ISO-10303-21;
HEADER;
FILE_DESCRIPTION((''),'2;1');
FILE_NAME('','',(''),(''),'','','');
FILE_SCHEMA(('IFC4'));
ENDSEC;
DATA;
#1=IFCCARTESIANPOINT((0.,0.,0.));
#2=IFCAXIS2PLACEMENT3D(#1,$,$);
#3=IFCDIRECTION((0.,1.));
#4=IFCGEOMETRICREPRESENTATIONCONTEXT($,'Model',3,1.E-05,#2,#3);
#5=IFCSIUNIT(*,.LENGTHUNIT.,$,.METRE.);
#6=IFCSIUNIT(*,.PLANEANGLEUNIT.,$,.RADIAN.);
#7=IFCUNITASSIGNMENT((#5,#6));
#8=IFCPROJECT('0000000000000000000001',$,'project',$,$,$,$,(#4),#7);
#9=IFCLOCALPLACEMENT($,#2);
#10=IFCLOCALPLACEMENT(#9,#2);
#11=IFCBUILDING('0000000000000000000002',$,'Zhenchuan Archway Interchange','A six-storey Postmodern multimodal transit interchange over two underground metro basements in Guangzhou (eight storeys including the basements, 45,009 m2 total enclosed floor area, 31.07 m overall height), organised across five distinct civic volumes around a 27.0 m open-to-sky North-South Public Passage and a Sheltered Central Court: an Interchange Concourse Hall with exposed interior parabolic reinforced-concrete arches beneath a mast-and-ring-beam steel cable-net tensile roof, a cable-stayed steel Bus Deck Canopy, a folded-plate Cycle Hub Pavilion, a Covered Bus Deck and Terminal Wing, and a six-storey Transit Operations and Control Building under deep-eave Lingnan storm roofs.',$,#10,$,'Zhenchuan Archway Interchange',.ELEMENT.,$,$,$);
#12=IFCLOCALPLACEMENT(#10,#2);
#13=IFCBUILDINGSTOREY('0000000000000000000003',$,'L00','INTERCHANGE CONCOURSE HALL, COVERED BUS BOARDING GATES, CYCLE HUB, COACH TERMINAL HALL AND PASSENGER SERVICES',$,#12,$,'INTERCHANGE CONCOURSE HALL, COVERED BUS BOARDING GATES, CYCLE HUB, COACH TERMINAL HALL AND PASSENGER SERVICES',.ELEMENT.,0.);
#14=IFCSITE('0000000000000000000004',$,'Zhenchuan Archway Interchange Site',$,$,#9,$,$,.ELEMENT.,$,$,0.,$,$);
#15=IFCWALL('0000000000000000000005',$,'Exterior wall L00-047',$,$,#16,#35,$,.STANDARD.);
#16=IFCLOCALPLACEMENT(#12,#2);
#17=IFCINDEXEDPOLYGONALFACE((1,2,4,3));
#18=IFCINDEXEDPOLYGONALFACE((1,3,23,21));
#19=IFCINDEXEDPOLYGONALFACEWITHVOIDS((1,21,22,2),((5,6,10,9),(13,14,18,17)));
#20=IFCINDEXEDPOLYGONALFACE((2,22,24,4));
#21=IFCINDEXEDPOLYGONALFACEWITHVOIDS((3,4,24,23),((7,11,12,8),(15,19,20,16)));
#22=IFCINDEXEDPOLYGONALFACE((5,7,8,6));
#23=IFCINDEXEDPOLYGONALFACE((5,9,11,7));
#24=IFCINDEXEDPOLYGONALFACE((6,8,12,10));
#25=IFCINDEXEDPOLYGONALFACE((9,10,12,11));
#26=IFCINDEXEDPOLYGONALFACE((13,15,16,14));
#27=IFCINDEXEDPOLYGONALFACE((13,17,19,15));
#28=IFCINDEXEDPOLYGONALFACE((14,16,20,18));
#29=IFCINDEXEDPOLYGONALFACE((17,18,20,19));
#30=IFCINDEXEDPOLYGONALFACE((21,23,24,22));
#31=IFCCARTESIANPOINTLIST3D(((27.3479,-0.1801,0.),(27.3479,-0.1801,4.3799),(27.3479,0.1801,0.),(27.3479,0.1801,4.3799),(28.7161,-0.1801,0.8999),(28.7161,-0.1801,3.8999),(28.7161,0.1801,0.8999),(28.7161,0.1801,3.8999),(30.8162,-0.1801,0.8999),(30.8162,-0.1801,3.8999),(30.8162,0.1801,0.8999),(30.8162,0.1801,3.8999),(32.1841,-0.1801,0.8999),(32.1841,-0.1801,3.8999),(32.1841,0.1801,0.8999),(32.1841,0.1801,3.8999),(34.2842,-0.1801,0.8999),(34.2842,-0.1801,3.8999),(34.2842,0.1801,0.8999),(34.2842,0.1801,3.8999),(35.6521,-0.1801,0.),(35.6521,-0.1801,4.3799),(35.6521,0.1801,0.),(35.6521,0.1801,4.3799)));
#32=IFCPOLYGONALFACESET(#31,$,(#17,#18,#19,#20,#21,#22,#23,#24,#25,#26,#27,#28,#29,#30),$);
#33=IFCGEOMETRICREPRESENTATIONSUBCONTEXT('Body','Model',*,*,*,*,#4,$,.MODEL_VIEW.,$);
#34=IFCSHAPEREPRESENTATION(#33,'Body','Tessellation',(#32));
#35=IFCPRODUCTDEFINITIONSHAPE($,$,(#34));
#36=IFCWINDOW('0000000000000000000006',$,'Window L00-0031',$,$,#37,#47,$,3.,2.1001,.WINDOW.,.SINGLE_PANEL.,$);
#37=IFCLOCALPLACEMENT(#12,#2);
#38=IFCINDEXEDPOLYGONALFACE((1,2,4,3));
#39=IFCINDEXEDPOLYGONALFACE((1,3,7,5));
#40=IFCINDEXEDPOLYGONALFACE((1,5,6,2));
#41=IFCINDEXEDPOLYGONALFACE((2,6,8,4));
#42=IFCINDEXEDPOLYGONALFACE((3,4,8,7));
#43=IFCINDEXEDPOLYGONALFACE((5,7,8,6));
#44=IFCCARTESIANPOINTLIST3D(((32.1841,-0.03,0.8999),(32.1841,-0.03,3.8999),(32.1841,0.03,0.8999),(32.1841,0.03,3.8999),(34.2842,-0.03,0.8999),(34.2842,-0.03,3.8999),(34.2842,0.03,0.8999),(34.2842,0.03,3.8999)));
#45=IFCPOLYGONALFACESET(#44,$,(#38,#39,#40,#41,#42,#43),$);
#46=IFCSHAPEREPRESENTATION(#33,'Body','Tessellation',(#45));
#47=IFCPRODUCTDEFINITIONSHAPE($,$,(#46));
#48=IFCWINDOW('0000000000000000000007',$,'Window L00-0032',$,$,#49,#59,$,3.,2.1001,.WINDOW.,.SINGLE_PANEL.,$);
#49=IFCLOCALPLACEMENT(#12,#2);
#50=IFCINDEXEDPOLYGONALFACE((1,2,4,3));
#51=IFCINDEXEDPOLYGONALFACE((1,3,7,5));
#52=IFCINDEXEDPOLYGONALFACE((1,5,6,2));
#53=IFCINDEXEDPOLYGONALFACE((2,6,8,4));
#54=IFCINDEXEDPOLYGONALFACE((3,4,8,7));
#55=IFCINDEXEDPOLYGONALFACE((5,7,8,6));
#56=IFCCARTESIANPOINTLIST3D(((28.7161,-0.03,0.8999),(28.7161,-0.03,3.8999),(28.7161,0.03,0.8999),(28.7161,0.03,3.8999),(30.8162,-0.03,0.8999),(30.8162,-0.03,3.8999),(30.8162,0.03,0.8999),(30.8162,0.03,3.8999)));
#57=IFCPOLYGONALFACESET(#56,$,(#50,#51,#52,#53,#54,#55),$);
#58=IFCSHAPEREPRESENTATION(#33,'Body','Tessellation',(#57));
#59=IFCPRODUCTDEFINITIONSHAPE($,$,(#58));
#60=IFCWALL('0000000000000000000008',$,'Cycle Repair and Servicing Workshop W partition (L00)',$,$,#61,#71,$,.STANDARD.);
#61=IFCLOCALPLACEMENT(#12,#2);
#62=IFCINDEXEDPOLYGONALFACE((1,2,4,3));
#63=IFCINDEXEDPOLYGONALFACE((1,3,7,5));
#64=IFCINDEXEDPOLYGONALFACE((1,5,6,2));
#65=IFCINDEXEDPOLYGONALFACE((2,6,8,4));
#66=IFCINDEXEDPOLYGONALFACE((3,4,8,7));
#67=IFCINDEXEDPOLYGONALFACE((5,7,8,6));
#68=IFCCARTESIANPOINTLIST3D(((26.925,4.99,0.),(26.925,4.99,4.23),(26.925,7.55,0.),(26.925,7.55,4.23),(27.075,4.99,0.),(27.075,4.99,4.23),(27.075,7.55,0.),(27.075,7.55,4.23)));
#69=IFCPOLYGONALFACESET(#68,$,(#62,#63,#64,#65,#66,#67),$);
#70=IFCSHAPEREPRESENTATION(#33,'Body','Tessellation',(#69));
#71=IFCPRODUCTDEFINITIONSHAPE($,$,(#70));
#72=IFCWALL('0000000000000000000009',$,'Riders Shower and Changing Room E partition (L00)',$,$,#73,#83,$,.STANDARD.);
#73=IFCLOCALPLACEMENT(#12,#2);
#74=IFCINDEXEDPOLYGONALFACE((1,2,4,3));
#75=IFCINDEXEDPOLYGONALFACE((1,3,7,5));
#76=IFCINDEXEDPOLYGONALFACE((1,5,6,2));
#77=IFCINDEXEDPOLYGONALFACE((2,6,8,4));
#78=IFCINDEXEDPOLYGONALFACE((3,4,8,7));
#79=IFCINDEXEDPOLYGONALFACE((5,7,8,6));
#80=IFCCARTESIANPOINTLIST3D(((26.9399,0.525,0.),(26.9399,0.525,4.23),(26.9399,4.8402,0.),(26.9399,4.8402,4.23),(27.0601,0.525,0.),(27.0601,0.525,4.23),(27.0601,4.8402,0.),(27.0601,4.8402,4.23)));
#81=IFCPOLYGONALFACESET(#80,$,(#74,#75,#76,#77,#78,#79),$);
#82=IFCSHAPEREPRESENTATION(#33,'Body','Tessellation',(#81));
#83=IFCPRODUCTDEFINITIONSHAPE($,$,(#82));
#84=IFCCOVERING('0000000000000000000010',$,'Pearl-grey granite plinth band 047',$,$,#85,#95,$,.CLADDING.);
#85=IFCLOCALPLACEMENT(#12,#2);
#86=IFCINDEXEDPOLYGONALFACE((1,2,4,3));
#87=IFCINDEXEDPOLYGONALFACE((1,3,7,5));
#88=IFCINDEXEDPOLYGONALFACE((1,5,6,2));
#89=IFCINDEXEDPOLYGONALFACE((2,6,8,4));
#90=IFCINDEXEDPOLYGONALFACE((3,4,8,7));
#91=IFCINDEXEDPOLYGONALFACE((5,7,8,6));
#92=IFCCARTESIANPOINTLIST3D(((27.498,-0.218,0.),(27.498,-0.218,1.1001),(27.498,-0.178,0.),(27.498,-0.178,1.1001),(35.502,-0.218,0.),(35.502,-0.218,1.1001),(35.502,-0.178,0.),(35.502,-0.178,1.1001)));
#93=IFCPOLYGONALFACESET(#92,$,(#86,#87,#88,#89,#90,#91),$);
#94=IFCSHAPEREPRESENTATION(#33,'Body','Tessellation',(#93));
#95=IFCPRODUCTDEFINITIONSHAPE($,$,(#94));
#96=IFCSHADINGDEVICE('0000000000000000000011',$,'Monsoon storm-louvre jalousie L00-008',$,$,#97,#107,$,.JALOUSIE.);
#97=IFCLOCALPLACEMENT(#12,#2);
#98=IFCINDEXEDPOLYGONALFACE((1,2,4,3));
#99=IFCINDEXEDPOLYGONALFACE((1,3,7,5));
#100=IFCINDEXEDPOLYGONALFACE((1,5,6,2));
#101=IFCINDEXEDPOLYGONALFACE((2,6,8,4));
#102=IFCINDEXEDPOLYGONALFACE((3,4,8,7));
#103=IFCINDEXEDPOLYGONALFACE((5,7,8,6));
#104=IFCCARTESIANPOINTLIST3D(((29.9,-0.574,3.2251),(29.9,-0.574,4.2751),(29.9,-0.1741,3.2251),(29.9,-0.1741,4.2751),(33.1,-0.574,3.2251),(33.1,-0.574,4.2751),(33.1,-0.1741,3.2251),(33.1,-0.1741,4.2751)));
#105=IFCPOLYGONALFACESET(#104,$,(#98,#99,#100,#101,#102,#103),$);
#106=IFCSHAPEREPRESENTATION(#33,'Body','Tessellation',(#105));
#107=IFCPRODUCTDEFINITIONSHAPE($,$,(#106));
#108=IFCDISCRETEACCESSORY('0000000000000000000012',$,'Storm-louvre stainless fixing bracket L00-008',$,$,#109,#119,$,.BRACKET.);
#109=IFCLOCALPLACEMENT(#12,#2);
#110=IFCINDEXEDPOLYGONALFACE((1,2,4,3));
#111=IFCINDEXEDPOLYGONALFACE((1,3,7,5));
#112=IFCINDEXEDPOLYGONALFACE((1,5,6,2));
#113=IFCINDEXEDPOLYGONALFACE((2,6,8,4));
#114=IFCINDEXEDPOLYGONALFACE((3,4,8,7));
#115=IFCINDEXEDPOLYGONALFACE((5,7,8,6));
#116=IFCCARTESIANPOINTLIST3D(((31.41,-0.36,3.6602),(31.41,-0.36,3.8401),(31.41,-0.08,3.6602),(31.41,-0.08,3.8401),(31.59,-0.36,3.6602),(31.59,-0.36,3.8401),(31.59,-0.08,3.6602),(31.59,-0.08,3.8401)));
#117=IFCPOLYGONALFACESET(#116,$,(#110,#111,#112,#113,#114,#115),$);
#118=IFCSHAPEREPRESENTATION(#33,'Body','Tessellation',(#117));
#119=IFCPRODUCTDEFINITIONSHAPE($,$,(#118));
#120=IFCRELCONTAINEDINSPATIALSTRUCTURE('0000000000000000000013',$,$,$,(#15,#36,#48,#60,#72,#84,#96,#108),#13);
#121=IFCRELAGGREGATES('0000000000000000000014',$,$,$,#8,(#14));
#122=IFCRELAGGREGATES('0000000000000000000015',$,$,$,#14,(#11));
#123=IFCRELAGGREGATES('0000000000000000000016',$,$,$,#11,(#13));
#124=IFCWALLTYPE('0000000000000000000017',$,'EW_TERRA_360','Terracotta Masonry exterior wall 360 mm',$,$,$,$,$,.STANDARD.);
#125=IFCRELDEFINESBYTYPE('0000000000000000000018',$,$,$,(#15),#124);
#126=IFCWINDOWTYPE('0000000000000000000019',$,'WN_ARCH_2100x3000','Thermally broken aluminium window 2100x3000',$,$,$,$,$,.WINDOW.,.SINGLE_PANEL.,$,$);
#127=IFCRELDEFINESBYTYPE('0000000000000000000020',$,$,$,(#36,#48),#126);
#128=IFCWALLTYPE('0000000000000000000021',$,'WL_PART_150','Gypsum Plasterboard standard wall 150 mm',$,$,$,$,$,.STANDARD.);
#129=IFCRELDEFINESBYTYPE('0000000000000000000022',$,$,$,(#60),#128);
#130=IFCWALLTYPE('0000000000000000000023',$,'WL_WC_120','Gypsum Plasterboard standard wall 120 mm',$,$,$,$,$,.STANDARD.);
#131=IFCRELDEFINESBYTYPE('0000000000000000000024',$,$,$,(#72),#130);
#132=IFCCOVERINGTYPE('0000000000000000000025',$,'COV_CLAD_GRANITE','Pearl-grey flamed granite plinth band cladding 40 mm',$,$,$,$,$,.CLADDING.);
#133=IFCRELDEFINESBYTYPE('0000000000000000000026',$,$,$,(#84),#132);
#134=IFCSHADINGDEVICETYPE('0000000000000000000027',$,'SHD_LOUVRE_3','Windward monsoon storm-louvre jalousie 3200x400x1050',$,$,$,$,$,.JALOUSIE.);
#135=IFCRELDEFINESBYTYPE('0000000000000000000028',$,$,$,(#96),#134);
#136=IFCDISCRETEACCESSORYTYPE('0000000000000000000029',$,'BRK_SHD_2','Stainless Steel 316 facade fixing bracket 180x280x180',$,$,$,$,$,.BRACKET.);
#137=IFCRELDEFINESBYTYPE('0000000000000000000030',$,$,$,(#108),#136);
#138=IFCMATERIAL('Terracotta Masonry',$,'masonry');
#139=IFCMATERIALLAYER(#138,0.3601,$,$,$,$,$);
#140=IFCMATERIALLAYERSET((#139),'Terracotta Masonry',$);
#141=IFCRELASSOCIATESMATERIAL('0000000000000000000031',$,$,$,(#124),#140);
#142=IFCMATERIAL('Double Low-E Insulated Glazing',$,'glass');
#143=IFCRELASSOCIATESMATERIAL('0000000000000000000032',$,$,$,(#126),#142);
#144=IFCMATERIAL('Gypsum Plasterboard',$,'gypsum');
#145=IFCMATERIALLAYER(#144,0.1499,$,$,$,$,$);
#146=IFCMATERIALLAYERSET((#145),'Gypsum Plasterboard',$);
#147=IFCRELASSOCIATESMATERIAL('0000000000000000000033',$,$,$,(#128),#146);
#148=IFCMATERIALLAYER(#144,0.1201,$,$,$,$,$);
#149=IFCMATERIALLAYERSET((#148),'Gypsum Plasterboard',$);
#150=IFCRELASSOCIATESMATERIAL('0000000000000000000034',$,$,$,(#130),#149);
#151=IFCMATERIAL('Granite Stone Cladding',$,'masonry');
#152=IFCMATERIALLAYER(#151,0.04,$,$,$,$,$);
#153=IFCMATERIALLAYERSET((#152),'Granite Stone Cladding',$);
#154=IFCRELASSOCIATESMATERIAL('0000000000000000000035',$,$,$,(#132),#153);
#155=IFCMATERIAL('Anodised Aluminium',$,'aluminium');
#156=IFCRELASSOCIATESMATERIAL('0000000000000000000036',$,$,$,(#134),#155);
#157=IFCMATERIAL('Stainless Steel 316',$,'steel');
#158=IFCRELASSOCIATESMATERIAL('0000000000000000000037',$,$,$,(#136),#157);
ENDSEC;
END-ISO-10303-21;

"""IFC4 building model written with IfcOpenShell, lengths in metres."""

from ifc_helpers import new_model, si_unit, direction, frame, frame_2d, origin, origin_2d, place, context, subcontext, project, spatial, rectangle, extrude, material, layer, layer_set, type_object, element, fill, save


model = new_model("IFC4")

# Units and contexts
model_context = context("Model", 3, precision=1e-05, world=origin(), true_north=direction((0.0, 1.0)))
body_context = subcontext(model_context, "Body", "Model", "MODEL_VIEW")
ifc_project = project(units=[si_unit("LENGTHUNIT", "METRE"), si_unit("PLANEANGLEUNIT", "RADIAN")], contexts=[model_context])

# Site, building, storey
site_placement = place(None, origin())
site = spatial("IfcSite", under=ifc_project, at=site_placement, Name="Zhenchuan Archway Interchange Site", CompositionType="ELEMENT", RefElevation=0.0)
building_placement = place(site_placement, origin())
building = spatial("IfcBuilding", under=site, at=building_placement, Name="Zhenchuan Archway Interchange", Description="A six-storey Postmodern multimodal transit interchange over two underground metro basements in Guangzhou (eight storeys including the basements, 45,009 m2 total enclosed floor area, 31.07 m overall height), organised across five distinct civic volumes around a 27.0 m open-to-sky North-South Public Passage and a Sheltered Central Court: an Interchange Concourse Hall with exposed interior parabolic reinforced-concrete arches beneath a mast-and-ring-beam steel cable-net tensile roof, a cable-stayed steel Bus Deck Canopy, a folded-plate Cycle Hub Pavilion, a Covered Bus Deck and Terminal Wing, and a six-storey Transit Operations and Control Building under deep-eave Lingnan storm roofs.", LongName="Zhenchuan Archway Interchange", CompositionType="ELEMENT")
storey_placement = place(building_placement, origin())
storey = spatial("IfcBuildingStorey", under=building, at=storey_placement, Name="L00", Description="INTERCHANGE CONCOURSE HALL, COVERED BUS BOARDING GATES, CYCLE HUB, COACH TERMINAL HALL AND PASSENGER SERVICES", LongName="INTERCHANGE CONCOURSE HALL, COVERED BUS BOARDING GATES, CYCLE HUB, COACH TERMINAL HALL AND PASSENGER SERVICES", CompositionType="ELEMENT", Elevation=0.0)

# Shared definitions
ifc_material_1 = material(Name="Anodised Aluminium", Category="aluminium")

# Wall, openings, windows
ifc_material_2 = material(Name="Terracotta Masonry", Category="masonry")
ifc_layer_1 = layer(ifc_material_2, 0.3601)
ifc_layer_set_1 = layer_set([ifc_layer_1], Name="Terracotta Masonry")
wall_type_1 = type_object("IfcWallType", Name="EW_TERRA_360", Description="Terracotta Masonry exterior wall 360 mm", PredefinedType="STANDARD", material=ifc_layer_set_1)
wall_1_placement = place(storey_placement, frame((35.6521, 0.0, 0.0), z_axis=(0.0, 0.0, 1.0), x_axis=(-1.0, 0.0, 0.0)))
wall_1 = element("IfcWall", 1, at=wall_1_placement, inside=storey, type_object=wall_type_1, Name="Exterior wall L00-047", PredefinedType="STANDARD", context=body_context, shape_type="SweptSolid", body=[
    extrude(rectangle(XDim=8.3042, YDim=0.3601, at=frame_2d((4.1521, 0.0))), origin(), (0.0, 0.0, 1.0), 4.3799),
])
opening_1_placement = place(wall_1_placement, frame((1.3679, 0.0, 0.8999)))
opening_1 = element("IfcOpeningElement", 2, at=opening_1_placement, cuts=wall_1, PredefinedType="OPENING", context=body_context, shape_type="SweptSolid", body=[
    extrude(rectangle(XDim=2.1001, YDim=3.0, at=frame_2d((1.05, 1.5))), frame((0.0, 0.1919, 0.0), z_axis=(0.0, -1.0, 0.0), x_axis=(1.0, 0.0, 0.0)), (0.0, 0.0, 1.0), 0.384),
])
opening_2_placement = place(wall_1_placement, frame((4.8359, 0.0, 0.8999)))
opening_2 = element("IfcOpeningElement", 3, at=opening_2_placement, cuts=wall_1, PredefinedType="OPENING", context=body_context, shape_type="SweptSolid", body=[
    extrude(rectangle(XDim=2.1001, YDim=3.0, at=frame_2d((1.05, 1.5))), frame((0.0, 0.1919, 0.0), z_axis=(0.0, -1.0, 0.0), x_axis=(1.0, 0.0, 0.0)), (0.0, 0.0, 1.0), 0.384),
])
ifc_material_3 = material(Name="Double Low-E Insulated Glazing", Category="glass")
window_type = type_object("IfcWindowType", Name="WN_ARCH_2100x3000", Description="Thermally broken aluminium window 2100x3000", PartitioningType="SINGLE_PANEL", PredefinedType="WINDOW", material=ifc_material_3)
window_1_placement = place(opening_1_placement, origin())
window_1 = element("IfcWindow", 4, at=window_1_placement, inside=storey, type_object=window_type, Name="Window L00-0031", OverallHeight=3.0, OverallWidth=2.1001, PartitioningType="SINGLE_PANEL", PredefinedType="WINDOW", context=body_context, shape_type="SweptSolid", body=[
    extrude(rectangle(XDim=2.1001, YDim=3.0, at=frame_2d((1.05, 1.5))), frame((0.0, 0.03, 0.0), z_axis=(0.0, -1.0, 0.0), x_axis=(1.0, 0.0, 0.0)), (0.0, 0.0, 1.0), 0.0601),
])
fill(opening_1, window_1)
window_2_placement = place(opening_2_placement, origin())
window_2 = element("IfcWindow", 5, at=window_2_placement, inside=storey, type_object=window_type, Name="Window L00-0032", OverallHeight=3.0, OverallWidth=2.1001, PartitioningType="SINGLE_PANEL", PredefinedType="WINDOW", context=body_context, shape_type="SweptSolid", body=[
    extrude(rectangle(XDim=2.1001, YDim=3.0, at=frame_2d((1.05, 1.5))), frame((0.0, 0.03, 0.0), z_axis=(0.0, -1.0, 0.0), x_axis=(1.0, 0.0, 0.0)), (0.0, 0.0, 1.0), 0.0601),
])
fill(opening_2, window_2)

# Walls
ifc_material_4 = material(Name="Gypsum Plasterboard", Category="gypsum")
ifc_layer_2 = layer(ifc_material_4, 0.1499)
ifc_layer_set_2 = layer_set([ifc_layer_2], Name="Gypsum Plasterboard")
wall_type_2 = type_object("IfcWallType", Name="WL_PART_150", Description="Gypsum Plasterboard standard wall 150 mm", PredefinedType="STANDARD", material=ifc_layer_set_2)
wall_2_placement = place(storey_placement, frame((27.0, 4.99, 0.0), z_axis=(0.0, 0.0, 1.0), x_axis=(0.0, 1.0, 0.0)))
element("IfcWall", 6, at=wall_2_placement, inside=storey, type_object=wall_type_2, Name="Cycle Repair and Servicing Workshop W partition (L00)", PredefinedType="STANDARD", context=body_context, shape_type="SweptSolid", body=[
    extrude(rectangle(XDim=2.5601, YDim=0.1499, at=frame_2d((1.28, 0.0))), origin(), (0.0, 0.0, 1.0), 4.23),
])
ifc_layer_3 = layer(ifc_material_4, 0.1201)
ifc_layer_set_3 = layer_set([ifc_layer_3], Name="Gypsum Plasterboard")
wall_type_3 = type_object("IfcWallType", Name="WL_WC_120", Description="Gypsum Plasterboard standard wall 120 mm", PredefinedType="STANDARD", material=ifc_layer_set_3)
wall_3_placement = place(storey_placement, frame((27.0, 0.5249, 0.0), z_axis=(0.0, 0.0, 1.0), x_axis=(0.0, 1.0, 0.0)))
element("IfcWall", 7, at=wall_3_placement, inside=storey, type_object=wall_type_3, Name="Riders Shower and Changing Room E partition (L00)", PredefinedType="STANDARD", context=body_context, shape_type="SweptSolid", body=[
    extrude(rectangle(XDim=4.3152, YDim=0.1201, at=frame_2d((2.1577, 0.0))), origin(), (0.0, 0.0, 1.0), 4.23),
])

# Covering
ifc_material_5 = material(Name="Granite Stone Cladding", Category="masonry")
ifc_layer_4 = layer(ifc_material_5, 0.04)
ifc_layer_set_4 = layer_set([ifc_layer_4], Name="Granite Stone Cladding")
covering_type = type_object("IfcCoveringType", Name="COV_CLAD_GRANITE", Description="Pearl-grey flamed granite plinth band cladding 40 mm", PredefinedType="CLADDING", material=ifc_layer_set_4)
covering_placement = place(storey_placement, frame((31.5, -0.198, 0.0), z_axis=(0.0, 0.0, 1.0), x_axis=(-1.0, 0.0, 0.0)))
element("IfcCovering", 8, at=covering_placement, inside=storey, type_object=covering_type, Name="Pearl-grey granite plinth band 047", PredefinedType="CLADDING", context=body_context, shape_type="SweptSolid", body=[
    extrude(rectangle(XDim=8.0039, YDim=0.04, at=origin_2d()), origin(), (0.0, 0.0, 1.0), 1.1001),
])

# Shading device
shading_device_type = type_object("IfcShadingDeviceType", Name="SHD_LOUVRE_3", Description="Windward monsoon storm-louvre jalousie 3200x400x1050", PredefinedType="JALOUSIE", material=ifc_material_1)
shading_device_placement = place(storey_placement, frame((31.5, -0.374, 3.2251), z_axis=(0.0, 0.0, 1.0), x_axis=(-1.0, 0.0, 0.0)))
element("IfcShadingDevice", 9, at=shading_device_placement, inside=storey, type_object=shading_device_type, Name="Monsoon storm-louvre jalousie L00-008", PredefinedType="JALOUSIE", context=body_context, shape_type="SweptSolid", body=[
    extrude(rectangle(XDim=3.2, YDim=0.3999, at=origin_2d()), origin(), (0.0, 0.0, 1.0), 1.05),
])

# Discrete accessory
ifc_material_6 = material(Name="Stainless Steel 316", Category="steel")
discrete_accessory_type = type_object("IfcDiscreteAccessoryType", Name="BRK_SHD_2", Description="Stainless Steel 316 facade fixing bracket 180x280x180", PredefinedType="BRACKET", material=ifc_material_6)
discrete_accessory_placement = place(storey_placement, frame((31.5, -0.22, 3.6602), z_axis=(0.0, 0.0, 1.0), x_axis=(-1.0, 0.0, 0.0)))
element("IfcDiscreteAccessory", 10, at=discrete_accessory_placement, inside=storey, type_object=discrete_accessory_type, Name="Storm-louvre stainless fixing bracket L00-008", PredefinedType="BRACKET", context=body_context, shape_type="SweptSolid", body=[
    extrude(rectangle(XDim=0.1799, YDim=0.28, at=origin_2d()), origin(), (0.0, 0.0, 1.0), 0.1799),
])

save(model, "model.ifc")
